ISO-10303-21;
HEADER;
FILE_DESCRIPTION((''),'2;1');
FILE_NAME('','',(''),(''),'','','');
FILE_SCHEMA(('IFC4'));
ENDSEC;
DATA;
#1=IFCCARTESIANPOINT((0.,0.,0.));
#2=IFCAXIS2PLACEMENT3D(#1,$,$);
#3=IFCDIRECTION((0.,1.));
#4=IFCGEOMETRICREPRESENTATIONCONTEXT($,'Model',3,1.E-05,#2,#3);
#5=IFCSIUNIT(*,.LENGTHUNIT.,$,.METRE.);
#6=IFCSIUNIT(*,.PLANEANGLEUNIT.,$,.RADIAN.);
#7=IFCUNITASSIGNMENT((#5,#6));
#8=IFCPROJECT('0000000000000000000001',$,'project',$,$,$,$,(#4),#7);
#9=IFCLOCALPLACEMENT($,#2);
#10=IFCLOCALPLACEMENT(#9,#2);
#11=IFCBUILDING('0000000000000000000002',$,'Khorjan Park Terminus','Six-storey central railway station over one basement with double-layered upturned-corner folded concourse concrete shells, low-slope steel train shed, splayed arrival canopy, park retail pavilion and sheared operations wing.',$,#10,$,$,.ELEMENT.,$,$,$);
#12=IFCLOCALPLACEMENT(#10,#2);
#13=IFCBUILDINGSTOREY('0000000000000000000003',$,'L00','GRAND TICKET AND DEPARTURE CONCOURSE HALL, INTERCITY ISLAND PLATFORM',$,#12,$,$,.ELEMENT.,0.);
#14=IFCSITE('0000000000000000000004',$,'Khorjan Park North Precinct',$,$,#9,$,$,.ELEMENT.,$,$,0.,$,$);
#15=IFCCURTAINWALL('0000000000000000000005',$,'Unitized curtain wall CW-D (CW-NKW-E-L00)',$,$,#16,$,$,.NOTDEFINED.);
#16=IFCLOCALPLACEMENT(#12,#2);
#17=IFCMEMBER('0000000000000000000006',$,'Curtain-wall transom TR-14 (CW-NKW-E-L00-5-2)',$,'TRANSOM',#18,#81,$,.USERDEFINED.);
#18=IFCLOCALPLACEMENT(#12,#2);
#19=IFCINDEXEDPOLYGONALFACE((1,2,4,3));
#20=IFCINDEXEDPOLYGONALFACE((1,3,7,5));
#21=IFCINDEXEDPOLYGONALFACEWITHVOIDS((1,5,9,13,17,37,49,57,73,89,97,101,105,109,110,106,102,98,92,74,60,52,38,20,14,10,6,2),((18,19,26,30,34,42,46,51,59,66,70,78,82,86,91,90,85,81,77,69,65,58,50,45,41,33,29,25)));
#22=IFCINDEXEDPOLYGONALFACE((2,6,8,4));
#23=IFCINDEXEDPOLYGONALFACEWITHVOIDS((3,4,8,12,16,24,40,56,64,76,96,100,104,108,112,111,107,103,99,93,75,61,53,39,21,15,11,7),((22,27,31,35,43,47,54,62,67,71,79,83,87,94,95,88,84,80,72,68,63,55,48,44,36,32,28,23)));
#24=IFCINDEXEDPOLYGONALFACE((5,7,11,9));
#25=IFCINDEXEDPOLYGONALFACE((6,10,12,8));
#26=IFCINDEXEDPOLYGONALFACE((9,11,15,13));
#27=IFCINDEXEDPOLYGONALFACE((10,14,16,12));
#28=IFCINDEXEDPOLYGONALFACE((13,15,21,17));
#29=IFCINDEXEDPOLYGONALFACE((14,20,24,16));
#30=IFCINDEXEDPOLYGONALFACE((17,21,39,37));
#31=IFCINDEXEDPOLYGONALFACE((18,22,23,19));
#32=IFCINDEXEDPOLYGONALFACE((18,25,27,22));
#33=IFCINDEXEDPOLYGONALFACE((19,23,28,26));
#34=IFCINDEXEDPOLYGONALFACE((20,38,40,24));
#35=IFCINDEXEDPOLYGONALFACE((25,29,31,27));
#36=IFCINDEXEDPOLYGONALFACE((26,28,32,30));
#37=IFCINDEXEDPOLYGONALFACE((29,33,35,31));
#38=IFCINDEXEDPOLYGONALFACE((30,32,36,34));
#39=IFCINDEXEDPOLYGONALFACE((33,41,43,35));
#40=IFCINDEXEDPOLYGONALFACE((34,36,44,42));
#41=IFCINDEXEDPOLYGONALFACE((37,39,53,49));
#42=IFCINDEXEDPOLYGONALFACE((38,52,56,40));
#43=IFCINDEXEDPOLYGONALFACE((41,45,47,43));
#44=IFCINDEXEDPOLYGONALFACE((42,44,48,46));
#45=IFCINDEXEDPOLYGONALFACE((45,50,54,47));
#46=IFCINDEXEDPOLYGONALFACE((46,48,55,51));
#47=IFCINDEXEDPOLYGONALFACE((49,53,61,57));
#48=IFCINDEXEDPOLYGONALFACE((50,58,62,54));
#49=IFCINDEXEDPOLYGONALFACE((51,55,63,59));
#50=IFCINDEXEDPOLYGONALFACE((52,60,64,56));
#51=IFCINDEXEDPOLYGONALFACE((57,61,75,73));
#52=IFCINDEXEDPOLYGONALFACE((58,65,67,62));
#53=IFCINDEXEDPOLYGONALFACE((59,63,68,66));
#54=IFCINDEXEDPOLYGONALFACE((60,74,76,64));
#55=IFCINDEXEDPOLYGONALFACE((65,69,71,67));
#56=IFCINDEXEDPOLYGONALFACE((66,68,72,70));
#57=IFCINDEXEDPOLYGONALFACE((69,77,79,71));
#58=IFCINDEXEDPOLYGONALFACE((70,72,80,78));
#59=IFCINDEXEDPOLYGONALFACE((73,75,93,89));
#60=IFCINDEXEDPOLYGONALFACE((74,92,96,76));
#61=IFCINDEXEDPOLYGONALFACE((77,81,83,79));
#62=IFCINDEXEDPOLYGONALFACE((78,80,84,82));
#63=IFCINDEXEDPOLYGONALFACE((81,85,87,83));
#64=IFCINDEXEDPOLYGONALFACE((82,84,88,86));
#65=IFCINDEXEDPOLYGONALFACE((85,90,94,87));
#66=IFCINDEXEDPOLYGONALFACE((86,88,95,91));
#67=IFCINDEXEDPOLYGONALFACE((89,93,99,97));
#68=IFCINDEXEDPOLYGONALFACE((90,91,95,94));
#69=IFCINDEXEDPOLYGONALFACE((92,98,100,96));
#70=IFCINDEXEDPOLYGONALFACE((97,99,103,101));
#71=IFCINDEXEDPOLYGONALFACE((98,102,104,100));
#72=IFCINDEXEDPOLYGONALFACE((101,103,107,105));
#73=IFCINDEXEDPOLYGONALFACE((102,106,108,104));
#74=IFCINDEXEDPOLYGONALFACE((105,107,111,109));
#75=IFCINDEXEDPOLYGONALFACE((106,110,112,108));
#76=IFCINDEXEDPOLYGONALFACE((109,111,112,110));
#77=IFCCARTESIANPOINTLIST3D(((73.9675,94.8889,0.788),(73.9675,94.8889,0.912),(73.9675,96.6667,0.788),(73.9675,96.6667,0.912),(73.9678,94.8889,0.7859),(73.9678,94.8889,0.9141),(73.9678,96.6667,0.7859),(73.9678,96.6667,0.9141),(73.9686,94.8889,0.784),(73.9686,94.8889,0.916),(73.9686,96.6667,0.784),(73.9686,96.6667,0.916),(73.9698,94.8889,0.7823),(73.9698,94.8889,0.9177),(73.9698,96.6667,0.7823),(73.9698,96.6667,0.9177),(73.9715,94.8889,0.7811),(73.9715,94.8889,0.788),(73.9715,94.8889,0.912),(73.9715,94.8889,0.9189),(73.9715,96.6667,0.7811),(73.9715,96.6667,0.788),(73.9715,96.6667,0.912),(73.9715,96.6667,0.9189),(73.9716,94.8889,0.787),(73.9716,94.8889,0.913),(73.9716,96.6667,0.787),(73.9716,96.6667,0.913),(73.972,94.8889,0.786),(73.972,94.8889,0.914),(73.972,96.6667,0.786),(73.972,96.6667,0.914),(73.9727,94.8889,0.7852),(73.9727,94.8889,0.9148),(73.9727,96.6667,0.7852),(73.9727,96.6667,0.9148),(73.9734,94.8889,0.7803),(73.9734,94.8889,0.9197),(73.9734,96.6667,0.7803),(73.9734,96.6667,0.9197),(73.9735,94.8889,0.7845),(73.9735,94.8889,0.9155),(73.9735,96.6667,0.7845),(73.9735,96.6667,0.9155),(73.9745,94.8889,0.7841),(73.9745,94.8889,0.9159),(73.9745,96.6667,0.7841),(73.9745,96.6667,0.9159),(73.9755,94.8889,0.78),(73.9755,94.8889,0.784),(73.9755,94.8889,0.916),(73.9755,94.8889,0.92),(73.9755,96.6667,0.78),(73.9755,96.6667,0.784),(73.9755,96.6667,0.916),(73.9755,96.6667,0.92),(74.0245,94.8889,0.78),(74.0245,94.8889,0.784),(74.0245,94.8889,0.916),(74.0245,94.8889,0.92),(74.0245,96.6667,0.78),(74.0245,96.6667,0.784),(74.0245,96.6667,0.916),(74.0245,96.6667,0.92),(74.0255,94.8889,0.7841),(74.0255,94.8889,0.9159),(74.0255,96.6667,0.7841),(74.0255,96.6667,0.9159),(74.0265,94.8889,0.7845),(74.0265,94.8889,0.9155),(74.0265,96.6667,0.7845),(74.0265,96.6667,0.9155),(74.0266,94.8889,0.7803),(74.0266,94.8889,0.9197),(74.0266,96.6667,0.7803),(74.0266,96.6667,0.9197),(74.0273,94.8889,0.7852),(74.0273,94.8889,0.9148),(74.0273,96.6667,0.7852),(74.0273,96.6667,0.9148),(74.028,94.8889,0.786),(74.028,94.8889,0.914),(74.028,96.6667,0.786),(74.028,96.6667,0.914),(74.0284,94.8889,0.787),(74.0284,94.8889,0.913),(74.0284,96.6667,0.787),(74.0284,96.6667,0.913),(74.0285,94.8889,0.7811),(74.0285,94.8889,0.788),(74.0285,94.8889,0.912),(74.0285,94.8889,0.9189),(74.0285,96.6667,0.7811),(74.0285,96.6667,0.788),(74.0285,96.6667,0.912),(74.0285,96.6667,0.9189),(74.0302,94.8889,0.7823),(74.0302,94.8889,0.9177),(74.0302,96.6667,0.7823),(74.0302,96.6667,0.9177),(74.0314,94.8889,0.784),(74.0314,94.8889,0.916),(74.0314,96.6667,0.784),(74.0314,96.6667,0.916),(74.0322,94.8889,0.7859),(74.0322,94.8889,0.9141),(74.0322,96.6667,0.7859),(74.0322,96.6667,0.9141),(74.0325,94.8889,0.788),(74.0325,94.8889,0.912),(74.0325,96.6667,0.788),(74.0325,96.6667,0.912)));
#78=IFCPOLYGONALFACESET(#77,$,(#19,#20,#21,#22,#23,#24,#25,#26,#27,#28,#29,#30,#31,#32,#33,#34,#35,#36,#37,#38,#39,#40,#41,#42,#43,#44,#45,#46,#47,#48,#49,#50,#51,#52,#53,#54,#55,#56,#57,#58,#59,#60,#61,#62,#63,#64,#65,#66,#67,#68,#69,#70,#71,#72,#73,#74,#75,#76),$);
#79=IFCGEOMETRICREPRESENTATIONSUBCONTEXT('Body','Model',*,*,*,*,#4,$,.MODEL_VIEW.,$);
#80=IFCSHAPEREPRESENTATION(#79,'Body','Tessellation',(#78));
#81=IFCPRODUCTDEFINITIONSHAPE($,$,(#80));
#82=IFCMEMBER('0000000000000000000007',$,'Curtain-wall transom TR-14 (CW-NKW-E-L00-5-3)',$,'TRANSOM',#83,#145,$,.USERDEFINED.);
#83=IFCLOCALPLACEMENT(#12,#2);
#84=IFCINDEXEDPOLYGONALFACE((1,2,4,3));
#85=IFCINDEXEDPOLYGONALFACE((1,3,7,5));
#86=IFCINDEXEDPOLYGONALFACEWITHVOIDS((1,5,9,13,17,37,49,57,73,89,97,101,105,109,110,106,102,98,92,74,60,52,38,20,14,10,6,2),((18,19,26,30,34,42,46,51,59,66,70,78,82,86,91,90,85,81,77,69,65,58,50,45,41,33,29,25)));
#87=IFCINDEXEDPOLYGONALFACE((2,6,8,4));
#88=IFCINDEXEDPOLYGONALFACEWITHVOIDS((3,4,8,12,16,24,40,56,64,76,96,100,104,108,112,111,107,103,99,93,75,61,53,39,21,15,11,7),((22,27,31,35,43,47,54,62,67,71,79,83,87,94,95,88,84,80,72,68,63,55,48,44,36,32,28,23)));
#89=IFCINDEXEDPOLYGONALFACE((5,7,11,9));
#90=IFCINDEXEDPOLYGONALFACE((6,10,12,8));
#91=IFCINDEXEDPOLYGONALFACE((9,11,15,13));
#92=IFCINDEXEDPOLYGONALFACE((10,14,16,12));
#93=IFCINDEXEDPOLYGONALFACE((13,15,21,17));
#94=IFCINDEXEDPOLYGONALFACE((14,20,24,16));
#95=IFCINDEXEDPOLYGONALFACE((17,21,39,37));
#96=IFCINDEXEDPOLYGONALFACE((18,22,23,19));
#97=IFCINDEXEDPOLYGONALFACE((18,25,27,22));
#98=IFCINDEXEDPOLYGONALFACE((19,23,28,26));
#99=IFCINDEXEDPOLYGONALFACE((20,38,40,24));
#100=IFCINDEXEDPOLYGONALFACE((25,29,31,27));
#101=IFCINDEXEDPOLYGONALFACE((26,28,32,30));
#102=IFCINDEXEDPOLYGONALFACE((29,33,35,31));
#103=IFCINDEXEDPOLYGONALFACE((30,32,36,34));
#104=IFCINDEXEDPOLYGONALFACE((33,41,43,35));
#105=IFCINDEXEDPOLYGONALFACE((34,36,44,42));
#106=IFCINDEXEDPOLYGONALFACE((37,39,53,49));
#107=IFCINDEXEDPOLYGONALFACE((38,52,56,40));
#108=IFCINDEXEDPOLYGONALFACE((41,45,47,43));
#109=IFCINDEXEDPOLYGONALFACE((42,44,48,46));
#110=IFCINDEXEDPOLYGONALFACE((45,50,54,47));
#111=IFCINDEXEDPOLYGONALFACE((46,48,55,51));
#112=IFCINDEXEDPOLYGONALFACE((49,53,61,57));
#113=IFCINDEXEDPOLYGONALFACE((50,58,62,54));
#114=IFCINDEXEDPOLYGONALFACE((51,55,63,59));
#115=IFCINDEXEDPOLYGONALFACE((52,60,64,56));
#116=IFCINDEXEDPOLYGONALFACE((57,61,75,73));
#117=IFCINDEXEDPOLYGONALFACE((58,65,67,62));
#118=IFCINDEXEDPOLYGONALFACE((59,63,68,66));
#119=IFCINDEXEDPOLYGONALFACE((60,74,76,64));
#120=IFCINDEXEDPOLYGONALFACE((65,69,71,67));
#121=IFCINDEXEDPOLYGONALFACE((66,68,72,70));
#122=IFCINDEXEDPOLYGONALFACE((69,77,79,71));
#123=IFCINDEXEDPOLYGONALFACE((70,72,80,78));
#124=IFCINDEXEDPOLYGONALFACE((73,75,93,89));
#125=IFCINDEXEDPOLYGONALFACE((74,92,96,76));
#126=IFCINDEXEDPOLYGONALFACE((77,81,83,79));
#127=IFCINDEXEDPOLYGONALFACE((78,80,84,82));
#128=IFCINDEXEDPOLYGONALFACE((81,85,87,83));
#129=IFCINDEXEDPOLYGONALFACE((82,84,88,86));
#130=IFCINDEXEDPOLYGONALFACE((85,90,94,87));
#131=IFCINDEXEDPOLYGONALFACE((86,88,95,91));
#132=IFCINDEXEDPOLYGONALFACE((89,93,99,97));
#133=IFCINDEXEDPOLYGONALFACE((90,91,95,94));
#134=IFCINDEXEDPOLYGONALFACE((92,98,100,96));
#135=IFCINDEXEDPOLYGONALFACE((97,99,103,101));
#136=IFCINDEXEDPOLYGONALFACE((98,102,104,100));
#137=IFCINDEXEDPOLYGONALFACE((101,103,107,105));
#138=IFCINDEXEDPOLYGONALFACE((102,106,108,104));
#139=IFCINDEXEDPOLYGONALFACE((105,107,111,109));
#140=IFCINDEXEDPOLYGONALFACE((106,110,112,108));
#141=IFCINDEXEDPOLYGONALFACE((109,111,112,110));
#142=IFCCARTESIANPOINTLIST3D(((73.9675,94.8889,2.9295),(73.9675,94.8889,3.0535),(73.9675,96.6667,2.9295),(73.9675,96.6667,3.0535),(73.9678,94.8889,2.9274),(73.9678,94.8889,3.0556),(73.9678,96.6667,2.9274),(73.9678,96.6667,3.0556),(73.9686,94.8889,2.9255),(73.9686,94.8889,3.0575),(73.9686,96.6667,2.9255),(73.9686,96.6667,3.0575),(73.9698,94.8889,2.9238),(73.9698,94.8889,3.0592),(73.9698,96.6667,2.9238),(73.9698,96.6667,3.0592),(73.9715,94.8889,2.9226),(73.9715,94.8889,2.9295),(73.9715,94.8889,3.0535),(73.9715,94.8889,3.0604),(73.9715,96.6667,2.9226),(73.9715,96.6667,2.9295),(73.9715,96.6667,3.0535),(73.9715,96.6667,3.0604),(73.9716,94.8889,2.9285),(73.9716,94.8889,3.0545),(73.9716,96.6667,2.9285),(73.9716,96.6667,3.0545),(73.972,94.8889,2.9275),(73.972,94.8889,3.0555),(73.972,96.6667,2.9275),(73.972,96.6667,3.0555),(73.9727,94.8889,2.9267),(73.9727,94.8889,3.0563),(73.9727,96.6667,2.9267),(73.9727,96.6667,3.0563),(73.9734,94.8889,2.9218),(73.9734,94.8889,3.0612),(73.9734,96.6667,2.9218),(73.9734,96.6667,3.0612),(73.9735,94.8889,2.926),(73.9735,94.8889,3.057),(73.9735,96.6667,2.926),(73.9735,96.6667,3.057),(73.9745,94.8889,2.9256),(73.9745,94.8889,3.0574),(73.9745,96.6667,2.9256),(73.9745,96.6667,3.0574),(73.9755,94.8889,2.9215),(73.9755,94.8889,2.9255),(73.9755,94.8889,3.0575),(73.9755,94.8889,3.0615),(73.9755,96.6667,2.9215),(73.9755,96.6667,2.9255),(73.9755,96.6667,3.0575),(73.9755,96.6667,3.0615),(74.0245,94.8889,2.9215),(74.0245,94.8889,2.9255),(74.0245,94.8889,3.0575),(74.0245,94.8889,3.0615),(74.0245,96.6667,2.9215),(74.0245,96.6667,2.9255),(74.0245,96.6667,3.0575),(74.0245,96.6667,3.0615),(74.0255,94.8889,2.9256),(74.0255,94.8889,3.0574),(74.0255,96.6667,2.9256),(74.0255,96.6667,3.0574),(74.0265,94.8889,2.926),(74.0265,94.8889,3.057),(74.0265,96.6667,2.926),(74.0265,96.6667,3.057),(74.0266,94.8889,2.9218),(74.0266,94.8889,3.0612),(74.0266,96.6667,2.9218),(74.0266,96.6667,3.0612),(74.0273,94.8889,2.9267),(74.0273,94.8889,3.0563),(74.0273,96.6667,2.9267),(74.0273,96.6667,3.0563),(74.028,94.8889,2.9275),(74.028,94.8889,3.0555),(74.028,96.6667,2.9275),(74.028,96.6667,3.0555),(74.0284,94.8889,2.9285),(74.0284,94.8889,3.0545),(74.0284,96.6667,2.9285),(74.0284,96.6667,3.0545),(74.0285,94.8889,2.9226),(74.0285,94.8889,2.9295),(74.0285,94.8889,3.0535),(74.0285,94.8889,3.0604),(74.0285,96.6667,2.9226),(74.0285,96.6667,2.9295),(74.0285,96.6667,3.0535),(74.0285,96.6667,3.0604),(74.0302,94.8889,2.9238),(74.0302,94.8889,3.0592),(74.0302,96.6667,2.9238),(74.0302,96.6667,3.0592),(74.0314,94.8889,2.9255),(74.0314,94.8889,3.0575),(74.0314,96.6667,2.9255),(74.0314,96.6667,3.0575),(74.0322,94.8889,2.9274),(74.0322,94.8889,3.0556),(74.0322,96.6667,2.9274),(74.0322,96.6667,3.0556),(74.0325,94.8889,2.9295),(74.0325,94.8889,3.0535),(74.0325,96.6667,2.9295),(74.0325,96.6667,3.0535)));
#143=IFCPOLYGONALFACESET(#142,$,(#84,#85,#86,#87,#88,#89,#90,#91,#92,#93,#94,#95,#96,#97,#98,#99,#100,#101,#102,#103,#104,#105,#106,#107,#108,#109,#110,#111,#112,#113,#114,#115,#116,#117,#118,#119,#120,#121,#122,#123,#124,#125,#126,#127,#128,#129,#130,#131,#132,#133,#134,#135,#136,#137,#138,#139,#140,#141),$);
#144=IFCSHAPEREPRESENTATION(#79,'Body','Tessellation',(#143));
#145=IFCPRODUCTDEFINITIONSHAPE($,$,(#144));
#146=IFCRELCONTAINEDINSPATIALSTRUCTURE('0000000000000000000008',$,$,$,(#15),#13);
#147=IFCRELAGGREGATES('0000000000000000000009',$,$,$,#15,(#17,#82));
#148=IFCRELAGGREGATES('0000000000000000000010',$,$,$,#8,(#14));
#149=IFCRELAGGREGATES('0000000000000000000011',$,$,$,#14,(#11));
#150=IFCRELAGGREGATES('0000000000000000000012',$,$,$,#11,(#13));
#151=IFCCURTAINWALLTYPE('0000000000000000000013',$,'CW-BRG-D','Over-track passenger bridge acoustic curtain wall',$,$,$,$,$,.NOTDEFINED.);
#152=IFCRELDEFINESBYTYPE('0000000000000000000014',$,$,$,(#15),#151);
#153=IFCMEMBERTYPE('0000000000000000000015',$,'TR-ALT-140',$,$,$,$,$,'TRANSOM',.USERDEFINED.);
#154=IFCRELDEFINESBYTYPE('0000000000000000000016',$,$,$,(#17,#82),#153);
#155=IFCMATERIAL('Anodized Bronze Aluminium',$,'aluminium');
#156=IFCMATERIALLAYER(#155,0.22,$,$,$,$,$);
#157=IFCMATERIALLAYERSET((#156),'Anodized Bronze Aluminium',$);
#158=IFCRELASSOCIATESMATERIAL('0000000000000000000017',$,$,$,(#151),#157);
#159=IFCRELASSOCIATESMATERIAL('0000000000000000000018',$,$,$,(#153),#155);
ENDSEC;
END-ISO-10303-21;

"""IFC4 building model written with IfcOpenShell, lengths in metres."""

from ifc_helpers import new_model, si_unit, direction, frame, origin, origin_2d, place, context, subcontext, project, spatial, hollow_rectangle, extrude, material, layer, layer_set, material_profile, profile_set, type_object, element, aggregate, save


model = new_model("IFC4")

# Units and contexts
model_context = context("Model", 3, precision=1e-05, world=origin(), true_north=direction((0.0, 1.0)))
body_context = subcontext(model_context, "Body", "Model", "MODEL_VIEW")
ifc_project = project(units=[si_unit("LENGTHUNIT", "METRE"), si_unit("PLANEANGLEUNIT", "RADIAN")], contexts=[model_context])

# Site, building, storey
site_placement = place(None, origin())
site = spatial("IfcSite", under=ifc_project, at=site_placement, Name="Khorjan Park North Precinct", CompositionType="ELEMENT", RefElevation=0.0)
building_placement = place(site_placement, origin())
building = spatial("IfcBuilding", under=site, at=building_placement, Name="Khorjan Park Terminus", Description="Six-storey central railway station over one basement with double-layered upturned-corner folded concourse concrete shells, low-slope steel train shed, splayed arrival canopy, park retail pavilion and sheared operations wing.", CompositionType="ELEMENT")
storey_placement = place(building_placement, origin())
storey = spatial("IfcBuildingStorey", under=building, at=storey_placement, Name="L00", Description="GRAND TICKET AND DEPARTURE CONCOURSE HALL, INTERCITY ISLAND PLATFORM", CompositionType="ELEMENT", Elevation=0.0)

# Curtain wall, members
ifc_material_1 = material(Name="Anodized Bronze Aluminium", Category="aluminium")
ifc_layer_1 = layer(ifc_material_1, 0.22)
ifc_layer_set_1 = layer_set([ifc_layer_1], Name="Anodized Bronze Aluminium")
curtain_wall_type = type_object("IfcCurtainWallType", Name="CW-BRG-D", Description="Over-track passenger bridge acoustic curtain wall", PredefinedType="NOTDEFINED", material=ifc_layer_set_1)
curtain_wall_placement = place(storey_placement, origin())
curtain_wall = element("IfcCurtainWall", 1, at=curtain_wall_placement, inside=storey, type_object=curtain_wall_type, Name="Unitized curtain wall CW-D (CW-NKW-E-L00)", PredefinedType="NOTDEFINED")
ifc_material_profile_1 = material_profile(ifc_material_1, hollow_rectangle(XDim=0.065, YDim=0.14, WallThickness=0.004, InnerFilletRadius=0.004, OuterFilletRadius=0.008, at=origin_2d()), Name="ALT 65x140x4")
ifc_profile_set_1 = profile_set([ifc_material_profile_1], Name="Anodized Bronze Aluminium")
member_type_1 = type_object("IfcMemberType", Name="TR-ALT-140", ElementType="TRANSOM", PredefinedType="USERDEFINED", material=ifc_profile_set_1)
member_1_placement = place(storey_placement, frame((74.0, 94.8889, 0.85), z_axis=(0.0, 1.0, 0.0), x_axis=(-1.0, 0.0, 0.0)))
member_1 = element("IfcMember", 2, at=member_1_placement, type_object=member_type_1, Name="Curtain-wall transom TR-14 (CW-NKW-E-L00-5-2)", ObjectType="TRANSOM", PredefinedType="USERDEFINED", context=body_context, shape_type="SweptSolid", body=[
    extrude(hollow_rectangle(XDim=0.065, YDim=0.14, WallThickness=0.004, InnerFilletRadius=0.004, OuterFilletRadius=0.008, at=origin_2d()), origin(), (0.0, 0.0, 1.0), 1.7778),
])
member_2_placement = place(storey_placement, frame((74.0, 94.8889, 2.9915), z_axis=(0.0, 1.0, 0.0), x_axis=(-1.0, 0.0, 0.0)))
member_2 = element("IfcMember", 3, at=member_2_placement, type_object=member_type_1, Name="Curtain-wall transom TR-14 (CW-NKW-E-L00-5-3)", ObjectType="TRANSOM", PredefinedType="USERDEFINED", context=body_context, shape_type="SweptSolid", body=[
    extrude(hollow_rectangle(XDim=0.065, YDim=0.14, WallThickness=0.004, InnerFilletRadius=0.004, OuterFilletRadius=0.008, at=origin_2d()), origin(), (0.0, 0.0, 1.0), 1.7778),
])
aggregate(curtain_wall, [member_1, member_2])

save(model, "model.ifc")
